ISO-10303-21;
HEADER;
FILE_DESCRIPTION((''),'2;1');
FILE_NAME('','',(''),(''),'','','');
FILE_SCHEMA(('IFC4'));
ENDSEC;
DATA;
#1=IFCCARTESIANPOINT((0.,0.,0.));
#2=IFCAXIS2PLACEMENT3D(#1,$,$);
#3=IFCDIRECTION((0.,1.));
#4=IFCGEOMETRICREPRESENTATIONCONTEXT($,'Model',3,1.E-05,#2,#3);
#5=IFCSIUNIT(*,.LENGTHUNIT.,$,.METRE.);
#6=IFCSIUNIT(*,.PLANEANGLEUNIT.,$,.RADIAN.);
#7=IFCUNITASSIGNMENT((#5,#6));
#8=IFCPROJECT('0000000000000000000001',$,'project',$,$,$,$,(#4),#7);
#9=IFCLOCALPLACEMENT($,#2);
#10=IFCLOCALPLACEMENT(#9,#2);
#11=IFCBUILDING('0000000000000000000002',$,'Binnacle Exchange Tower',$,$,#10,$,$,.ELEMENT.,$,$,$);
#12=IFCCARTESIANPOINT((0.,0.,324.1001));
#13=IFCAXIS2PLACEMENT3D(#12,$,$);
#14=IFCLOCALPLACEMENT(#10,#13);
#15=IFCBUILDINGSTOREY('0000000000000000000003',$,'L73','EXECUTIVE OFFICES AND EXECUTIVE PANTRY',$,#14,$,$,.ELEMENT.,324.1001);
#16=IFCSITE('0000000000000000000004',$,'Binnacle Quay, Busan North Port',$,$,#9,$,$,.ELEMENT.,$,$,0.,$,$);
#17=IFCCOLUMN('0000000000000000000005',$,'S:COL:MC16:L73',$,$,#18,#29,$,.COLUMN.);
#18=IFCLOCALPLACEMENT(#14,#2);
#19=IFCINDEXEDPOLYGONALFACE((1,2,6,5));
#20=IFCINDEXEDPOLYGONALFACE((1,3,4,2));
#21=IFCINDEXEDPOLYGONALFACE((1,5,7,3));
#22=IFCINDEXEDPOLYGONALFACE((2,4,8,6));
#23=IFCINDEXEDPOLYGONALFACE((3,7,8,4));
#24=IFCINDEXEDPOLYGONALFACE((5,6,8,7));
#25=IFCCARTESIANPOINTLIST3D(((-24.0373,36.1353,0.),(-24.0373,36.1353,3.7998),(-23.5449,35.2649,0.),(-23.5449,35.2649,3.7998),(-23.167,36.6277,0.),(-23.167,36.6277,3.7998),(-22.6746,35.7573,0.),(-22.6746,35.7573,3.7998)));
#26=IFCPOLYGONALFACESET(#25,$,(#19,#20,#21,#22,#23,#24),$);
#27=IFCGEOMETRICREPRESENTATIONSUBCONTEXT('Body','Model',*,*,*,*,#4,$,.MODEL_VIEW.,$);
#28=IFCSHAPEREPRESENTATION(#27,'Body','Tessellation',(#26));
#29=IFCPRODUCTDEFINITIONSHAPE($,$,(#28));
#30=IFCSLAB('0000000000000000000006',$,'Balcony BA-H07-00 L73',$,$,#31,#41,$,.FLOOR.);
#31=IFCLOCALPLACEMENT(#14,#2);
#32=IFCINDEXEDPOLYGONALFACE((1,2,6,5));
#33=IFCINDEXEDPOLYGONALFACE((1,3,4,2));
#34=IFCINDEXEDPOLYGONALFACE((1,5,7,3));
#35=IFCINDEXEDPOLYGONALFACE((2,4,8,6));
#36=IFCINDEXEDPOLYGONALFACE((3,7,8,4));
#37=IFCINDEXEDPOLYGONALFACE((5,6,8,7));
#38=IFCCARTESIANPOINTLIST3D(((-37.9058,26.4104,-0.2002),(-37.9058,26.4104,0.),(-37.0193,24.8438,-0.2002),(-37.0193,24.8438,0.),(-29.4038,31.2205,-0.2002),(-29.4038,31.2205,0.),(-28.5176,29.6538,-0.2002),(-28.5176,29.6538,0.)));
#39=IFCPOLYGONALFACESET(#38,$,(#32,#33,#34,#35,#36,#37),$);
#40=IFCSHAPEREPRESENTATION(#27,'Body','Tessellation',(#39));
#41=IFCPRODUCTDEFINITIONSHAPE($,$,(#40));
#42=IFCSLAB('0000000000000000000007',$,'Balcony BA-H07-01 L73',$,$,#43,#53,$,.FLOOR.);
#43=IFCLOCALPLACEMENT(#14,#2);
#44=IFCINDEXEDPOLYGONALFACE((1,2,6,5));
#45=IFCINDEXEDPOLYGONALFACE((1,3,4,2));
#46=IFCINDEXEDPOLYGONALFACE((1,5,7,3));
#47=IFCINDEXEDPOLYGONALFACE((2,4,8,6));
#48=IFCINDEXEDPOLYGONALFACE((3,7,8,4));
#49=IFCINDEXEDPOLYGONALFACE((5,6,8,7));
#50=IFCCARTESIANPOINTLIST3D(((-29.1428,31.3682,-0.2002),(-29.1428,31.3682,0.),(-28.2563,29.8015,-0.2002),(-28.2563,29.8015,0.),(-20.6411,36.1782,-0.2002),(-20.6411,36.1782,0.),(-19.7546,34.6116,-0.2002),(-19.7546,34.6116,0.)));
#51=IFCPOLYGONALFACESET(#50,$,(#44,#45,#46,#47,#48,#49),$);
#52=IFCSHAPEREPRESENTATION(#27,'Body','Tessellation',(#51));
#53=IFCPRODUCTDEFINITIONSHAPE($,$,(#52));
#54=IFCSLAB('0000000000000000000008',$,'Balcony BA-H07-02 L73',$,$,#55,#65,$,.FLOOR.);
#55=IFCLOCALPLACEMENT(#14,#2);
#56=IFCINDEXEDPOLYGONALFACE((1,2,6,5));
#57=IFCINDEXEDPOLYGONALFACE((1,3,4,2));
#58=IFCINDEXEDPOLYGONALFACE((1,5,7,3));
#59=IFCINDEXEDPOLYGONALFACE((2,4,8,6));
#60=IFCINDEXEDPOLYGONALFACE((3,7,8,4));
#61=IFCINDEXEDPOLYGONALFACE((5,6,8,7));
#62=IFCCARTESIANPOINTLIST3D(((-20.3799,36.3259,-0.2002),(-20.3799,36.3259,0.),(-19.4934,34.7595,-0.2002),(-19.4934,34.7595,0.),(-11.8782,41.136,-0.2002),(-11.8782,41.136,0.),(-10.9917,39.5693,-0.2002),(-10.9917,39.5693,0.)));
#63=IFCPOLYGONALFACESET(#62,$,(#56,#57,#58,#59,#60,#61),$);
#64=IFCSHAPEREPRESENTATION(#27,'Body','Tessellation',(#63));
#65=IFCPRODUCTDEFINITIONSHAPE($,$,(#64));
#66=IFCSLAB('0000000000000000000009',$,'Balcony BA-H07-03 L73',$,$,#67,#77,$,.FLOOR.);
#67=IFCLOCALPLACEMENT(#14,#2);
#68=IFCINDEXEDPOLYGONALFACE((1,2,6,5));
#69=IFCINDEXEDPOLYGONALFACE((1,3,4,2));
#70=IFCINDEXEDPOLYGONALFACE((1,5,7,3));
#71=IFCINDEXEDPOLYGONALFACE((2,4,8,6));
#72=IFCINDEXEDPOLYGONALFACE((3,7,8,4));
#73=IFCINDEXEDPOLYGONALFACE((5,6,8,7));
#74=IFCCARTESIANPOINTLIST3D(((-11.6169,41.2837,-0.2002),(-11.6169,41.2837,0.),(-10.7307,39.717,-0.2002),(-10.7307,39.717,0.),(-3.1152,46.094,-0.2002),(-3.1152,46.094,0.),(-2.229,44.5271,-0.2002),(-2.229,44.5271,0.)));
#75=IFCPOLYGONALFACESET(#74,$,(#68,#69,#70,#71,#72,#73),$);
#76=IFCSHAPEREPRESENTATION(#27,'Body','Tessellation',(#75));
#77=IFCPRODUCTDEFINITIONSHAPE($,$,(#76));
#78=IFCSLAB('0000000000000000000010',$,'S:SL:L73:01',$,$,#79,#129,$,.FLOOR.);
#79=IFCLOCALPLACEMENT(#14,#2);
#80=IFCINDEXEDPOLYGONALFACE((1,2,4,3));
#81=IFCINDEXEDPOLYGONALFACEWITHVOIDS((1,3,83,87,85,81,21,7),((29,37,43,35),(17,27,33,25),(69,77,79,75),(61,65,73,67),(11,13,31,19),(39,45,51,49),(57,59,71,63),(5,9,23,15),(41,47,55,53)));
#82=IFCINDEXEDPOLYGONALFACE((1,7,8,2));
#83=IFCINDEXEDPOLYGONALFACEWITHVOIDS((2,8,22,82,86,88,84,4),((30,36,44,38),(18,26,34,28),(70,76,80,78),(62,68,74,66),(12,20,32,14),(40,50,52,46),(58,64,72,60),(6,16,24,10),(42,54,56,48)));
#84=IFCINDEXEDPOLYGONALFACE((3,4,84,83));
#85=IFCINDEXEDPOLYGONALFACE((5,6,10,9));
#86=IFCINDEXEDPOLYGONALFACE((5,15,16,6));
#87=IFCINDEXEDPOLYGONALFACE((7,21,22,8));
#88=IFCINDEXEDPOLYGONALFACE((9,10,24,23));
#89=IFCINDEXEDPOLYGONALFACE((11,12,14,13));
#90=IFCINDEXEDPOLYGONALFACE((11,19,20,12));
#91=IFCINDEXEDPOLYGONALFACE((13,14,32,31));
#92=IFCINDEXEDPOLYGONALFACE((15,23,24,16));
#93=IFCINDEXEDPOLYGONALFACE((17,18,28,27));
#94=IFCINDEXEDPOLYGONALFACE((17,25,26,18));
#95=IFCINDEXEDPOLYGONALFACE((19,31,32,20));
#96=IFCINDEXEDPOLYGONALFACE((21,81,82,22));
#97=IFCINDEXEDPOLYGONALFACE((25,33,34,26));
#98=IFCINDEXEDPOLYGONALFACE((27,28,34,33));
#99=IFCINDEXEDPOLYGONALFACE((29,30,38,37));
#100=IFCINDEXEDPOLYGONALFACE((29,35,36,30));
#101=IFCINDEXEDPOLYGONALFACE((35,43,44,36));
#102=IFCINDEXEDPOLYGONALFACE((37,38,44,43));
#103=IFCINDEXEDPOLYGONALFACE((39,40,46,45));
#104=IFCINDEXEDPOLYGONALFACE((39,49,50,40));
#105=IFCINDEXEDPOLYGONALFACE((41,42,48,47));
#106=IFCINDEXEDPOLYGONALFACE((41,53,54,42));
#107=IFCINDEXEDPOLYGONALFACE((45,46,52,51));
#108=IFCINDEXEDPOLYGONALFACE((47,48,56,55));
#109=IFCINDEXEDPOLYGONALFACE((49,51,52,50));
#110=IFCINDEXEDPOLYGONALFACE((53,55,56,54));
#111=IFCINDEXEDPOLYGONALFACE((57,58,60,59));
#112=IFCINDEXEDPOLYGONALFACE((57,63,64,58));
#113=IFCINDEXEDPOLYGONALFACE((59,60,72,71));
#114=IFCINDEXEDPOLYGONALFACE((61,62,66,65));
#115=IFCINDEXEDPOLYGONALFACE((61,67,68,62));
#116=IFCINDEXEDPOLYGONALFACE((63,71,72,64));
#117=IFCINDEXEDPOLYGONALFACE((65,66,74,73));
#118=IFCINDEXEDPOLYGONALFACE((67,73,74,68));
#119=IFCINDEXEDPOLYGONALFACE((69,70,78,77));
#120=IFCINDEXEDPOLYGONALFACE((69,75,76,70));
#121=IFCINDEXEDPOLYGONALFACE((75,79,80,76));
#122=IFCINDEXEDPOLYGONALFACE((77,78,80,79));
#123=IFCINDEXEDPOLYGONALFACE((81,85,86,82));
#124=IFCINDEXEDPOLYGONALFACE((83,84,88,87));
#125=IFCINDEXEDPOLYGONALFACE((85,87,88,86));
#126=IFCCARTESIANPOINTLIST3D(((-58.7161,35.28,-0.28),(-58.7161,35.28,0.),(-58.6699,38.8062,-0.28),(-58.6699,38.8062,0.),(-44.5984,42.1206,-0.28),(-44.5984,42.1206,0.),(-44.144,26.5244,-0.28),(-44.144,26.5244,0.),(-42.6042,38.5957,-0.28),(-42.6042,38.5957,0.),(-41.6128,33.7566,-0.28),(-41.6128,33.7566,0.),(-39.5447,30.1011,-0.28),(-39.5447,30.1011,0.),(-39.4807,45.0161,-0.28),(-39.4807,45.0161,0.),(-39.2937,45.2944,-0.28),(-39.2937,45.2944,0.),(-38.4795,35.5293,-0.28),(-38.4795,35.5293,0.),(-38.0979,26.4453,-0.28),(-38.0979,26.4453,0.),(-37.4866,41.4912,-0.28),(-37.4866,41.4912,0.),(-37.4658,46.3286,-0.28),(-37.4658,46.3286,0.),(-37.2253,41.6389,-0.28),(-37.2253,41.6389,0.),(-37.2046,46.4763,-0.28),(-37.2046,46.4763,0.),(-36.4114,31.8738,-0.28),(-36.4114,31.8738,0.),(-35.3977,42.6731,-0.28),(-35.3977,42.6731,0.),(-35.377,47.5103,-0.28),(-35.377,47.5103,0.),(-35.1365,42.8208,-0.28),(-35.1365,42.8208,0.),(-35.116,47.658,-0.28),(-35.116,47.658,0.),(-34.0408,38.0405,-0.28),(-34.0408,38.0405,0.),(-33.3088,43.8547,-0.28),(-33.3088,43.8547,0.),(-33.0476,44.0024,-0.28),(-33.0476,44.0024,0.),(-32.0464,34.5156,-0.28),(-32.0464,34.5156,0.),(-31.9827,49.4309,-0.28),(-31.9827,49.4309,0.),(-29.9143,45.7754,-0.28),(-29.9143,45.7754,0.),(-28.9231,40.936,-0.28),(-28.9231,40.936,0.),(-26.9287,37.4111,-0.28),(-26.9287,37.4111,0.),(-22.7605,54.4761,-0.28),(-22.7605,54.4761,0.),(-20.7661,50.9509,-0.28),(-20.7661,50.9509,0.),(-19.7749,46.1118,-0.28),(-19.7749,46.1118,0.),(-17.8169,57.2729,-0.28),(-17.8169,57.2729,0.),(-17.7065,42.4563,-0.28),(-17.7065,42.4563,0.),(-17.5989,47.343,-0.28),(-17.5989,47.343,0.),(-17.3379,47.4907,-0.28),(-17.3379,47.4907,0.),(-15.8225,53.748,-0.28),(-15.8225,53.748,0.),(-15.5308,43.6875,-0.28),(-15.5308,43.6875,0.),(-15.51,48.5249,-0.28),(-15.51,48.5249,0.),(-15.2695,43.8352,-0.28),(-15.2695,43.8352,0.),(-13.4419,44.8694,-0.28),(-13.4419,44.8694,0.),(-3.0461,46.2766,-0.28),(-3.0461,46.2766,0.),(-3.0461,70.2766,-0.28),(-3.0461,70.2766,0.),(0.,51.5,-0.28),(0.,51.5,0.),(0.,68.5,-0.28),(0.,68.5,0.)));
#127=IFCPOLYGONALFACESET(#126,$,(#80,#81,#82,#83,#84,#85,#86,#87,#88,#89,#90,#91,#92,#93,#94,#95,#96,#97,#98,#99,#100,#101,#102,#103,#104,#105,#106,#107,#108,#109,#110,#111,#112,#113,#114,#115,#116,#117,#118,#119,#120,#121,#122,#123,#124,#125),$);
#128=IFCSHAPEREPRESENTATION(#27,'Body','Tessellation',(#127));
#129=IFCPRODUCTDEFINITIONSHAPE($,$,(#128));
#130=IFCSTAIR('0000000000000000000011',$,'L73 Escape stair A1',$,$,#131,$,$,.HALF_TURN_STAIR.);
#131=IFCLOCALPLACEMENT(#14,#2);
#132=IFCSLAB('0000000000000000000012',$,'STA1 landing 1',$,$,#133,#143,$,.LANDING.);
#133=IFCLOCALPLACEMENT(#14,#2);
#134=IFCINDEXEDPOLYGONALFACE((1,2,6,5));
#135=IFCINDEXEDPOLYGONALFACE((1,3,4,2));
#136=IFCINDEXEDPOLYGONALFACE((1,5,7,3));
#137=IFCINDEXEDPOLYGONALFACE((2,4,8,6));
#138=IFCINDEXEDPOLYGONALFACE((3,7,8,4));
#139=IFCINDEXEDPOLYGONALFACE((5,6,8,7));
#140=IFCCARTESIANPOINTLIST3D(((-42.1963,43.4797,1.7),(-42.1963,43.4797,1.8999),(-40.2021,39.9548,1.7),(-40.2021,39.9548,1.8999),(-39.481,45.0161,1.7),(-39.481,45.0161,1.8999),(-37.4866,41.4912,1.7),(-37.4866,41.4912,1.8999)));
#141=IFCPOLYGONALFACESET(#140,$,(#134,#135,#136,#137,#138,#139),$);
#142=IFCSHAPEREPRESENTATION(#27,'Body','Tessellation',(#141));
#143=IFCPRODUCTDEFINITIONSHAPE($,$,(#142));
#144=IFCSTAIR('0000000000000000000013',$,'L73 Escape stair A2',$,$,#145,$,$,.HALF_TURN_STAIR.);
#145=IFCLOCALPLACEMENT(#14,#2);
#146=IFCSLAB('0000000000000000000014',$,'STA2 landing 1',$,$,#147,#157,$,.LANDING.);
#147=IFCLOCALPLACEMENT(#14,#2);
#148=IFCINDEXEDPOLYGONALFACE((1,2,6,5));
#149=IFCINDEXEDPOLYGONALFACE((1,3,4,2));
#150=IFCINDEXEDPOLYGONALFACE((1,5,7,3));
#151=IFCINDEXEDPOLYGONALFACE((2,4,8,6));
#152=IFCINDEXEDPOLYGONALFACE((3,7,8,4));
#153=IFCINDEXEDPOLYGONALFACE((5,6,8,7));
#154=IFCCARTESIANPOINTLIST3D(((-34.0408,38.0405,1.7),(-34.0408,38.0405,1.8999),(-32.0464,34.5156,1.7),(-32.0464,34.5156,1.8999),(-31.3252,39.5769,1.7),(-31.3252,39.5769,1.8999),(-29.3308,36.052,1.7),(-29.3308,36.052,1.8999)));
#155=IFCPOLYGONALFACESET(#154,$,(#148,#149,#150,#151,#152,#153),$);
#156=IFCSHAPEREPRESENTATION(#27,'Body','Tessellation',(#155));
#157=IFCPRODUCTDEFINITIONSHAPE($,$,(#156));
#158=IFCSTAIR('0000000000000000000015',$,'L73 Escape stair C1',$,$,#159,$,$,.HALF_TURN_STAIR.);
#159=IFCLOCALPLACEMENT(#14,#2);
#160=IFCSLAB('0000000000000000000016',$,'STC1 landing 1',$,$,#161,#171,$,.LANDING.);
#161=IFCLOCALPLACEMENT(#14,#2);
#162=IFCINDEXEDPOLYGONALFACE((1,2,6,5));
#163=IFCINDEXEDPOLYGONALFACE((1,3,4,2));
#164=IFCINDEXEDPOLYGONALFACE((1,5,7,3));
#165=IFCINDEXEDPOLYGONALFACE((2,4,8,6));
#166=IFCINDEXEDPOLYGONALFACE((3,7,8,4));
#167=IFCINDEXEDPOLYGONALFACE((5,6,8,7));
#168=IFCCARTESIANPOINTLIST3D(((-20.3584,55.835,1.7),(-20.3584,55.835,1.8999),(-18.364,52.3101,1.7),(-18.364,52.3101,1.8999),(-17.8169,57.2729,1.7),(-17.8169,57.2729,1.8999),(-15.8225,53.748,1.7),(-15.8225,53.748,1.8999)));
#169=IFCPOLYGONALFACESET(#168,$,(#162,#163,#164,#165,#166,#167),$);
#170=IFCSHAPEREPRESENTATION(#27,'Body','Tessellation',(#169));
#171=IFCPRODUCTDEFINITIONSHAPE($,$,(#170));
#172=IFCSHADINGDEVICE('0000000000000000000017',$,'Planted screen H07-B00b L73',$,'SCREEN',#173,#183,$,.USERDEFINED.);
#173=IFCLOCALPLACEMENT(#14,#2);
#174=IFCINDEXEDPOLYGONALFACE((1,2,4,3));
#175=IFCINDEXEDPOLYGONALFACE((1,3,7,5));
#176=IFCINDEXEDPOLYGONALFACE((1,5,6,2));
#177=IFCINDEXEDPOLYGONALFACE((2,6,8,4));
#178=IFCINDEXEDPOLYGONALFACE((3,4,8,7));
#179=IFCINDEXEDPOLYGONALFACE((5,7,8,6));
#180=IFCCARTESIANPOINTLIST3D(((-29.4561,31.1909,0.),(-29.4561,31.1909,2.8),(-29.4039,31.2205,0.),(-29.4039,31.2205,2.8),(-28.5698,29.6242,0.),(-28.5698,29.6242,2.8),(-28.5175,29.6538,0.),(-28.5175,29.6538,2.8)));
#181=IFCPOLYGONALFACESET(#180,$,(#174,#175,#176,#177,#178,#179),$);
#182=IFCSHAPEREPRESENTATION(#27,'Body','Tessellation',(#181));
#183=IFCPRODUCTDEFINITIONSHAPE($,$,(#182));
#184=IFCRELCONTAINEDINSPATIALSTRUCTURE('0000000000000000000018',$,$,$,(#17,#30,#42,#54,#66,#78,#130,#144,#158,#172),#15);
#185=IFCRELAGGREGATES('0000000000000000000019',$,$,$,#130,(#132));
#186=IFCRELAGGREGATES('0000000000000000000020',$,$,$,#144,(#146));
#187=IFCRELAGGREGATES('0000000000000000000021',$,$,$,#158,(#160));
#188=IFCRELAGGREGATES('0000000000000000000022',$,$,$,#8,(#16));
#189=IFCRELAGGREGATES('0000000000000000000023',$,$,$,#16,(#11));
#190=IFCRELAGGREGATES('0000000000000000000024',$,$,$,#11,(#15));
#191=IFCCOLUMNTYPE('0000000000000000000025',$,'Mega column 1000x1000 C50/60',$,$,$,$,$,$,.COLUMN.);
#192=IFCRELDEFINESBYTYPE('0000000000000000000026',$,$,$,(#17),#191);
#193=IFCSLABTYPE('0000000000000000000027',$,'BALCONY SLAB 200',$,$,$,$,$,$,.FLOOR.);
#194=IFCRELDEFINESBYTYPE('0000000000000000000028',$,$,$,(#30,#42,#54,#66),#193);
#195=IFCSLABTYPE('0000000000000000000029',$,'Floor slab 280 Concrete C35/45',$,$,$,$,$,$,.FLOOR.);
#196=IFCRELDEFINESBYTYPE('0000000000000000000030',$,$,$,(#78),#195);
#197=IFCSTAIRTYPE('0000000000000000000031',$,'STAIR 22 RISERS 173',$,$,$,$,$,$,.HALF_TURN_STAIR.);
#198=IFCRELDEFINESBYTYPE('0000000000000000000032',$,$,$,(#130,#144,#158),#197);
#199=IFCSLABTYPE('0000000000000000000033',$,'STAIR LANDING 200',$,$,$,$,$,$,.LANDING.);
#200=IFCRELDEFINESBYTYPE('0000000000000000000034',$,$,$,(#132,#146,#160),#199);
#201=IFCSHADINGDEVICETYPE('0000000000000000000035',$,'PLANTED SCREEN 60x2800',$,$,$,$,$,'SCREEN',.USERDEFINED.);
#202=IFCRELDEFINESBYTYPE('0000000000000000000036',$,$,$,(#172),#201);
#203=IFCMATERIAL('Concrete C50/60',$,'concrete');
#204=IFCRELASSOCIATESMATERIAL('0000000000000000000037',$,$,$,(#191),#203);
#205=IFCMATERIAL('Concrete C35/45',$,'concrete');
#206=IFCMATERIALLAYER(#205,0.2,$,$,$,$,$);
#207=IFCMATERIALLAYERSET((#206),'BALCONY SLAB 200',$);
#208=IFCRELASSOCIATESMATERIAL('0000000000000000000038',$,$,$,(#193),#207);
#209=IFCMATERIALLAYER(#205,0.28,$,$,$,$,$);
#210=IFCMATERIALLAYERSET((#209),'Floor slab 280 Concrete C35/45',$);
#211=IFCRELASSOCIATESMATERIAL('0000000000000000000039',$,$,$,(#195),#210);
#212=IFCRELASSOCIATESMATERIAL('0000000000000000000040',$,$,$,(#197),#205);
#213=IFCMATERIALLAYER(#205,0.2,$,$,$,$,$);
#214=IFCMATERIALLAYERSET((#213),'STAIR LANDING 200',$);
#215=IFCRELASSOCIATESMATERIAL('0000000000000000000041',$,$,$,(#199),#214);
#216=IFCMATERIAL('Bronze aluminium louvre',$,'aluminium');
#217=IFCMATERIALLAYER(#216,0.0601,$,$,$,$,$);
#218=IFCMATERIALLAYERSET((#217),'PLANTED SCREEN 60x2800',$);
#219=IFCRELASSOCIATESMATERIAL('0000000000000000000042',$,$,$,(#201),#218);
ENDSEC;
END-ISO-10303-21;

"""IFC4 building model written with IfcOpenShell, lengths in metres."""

from ifc_helpers import new_model, si_unit, direction, frame, origin, origin_2d, place, context, subcontext, project, spatial, polyline, rectangle, outline, extrude, material, layer, layer_set, material_profile, profile_set, type_object, element, aggregate, save


model = new_model("IFC4")

# Units and contexts
model_context = context("Model", 3, precision=1e-05, world=origin(), true_north=direction((0.0, 1.0)))
body_context = subcontext(model_context, "Body", "Model", "MODEL_VIEW")
ifc_project = project(units=[si_unit("LENGTHUNIT", "METRE"), si_unit("PLANEANGLEUNIT", "RADIAN")], contexts=[model_context])

# Site, building, storey
site_placement = place(None, origin())
site = spatial("IfcSite", under=ifc_project, at=site_placement, Name="Binnacle Quay, Busan North Port", CompositionType="ELEMENT", RefElevation=0.0)
building_placement = place(site_placement, origin())
building = spatial("IfcBuilding", under=site, at=building_placement, Name="Binnacle Exchange Tower", CompositionType="ELEMENT")
storey_placement = place(building_placement, frame((0.0, 0.0, 324.1001)))
storey = spatial("IfcBuildingStorey", under=building, at=storey_placement, Name="L73", Description="EXECUTIVE OFFICES AND EXECUTIVE PANTRY", CompositionType="ELEMENT", Elevation=324.1001)

# Column
ifc_material_1 = material(Name="Concrete C50/60", Category="concrete")
ifc_material_profile = material_profile(ifc_material_1, rectangle(XDim=1.0, YDim=1.0, at=origin_2d()), Name="Mega column 1000x1000 C50/60")
ifc_profile_set = profile_set([ifc_material_profile], Name="Concrete C50/60")
column_type = type_object("IfcColumnType", Name="Mega column 1000x1000 C50/60", PredefinedType="COLUMN", material=ifc_profile_set)
column_placement = place(storey_placement, frame((-23.356, 35.9463, 0.0), z_axis=(0.0, 0.0, 1.0), x_axis=(0.870356, 0.492424, 0.0)))
element("IfcColumn", 1, at=column_placement, inside=storey, type_object=column_type, Name="S:COL:MC16:L73", PredefinedType="COLUMN", context=body_context, shape_type="SweptSolid", body=[
    extrude(rectangle(XDim=1.0, YDim=1.0, at=origin_2d()), origin(), (0.0, 0.0, 1.0), 3.7998),
])

# Slabs
ifc_material_2 = material(Name="Concrete C35/45", Category="concrete")
ifc_layer_1 = layer(ifc_material_2, 0.2)
ifc_layer_set_1 = layer_set([ifc_layer_1], Name="BALCONY SLAB 200")
slab_type_1 = type_object("IfcSlabType", Name="BALCONY SLAB 200", PredefinedType="FLOOR", material=ifc_layer_set_1)
slab_1_placement = place(storey_placement, frame((0.0, 0.0, -0.2002)))
element("IfcSlab", 2, at=slab_1_placement, inside=storey, type_object=slab_type_1, Name="Balcony BA-H07-00 L73", PredefinedType="FLOOR", context=body_context, shape_type="SweptSolid", body=[
    extrude(outline(polyline([(-37.9058, 26.4104), (-29.4038, 31.2205), (-28.5176, 29.6538), (-37.0193, 24.8438), (-37.9058, 26.4104)])), origin(), (0.0, 0.0, 1.0), 0.2002),
])
slab_2_placement = place(storey_placement, frame((0.0, 0.0, -0.2002)))
element("IfcSlab", 3, at=slab_2_placement, inside=storey, type_object=slab_type_1, Name="Balcony BA-H07-01 L73", PredefinedType="FLOOR", context=body_context, shape_type="SweptSolid", body=[
    extrude(outline(polyline([(-29.1428, 31.3682), (-20.6411, 36.1782), (-19.7546, 34.6116), (-28.2563, 29.8015), (-29.1428, 31.3682)])), origin(), (0.0, 0.0, 1.0), 0.2002),
])
slab_3_placement = place(storey_placement, frame((0.0, 0.0, -0.2002)))
element("IfcSlab", 4, at=slab_3_placement, inside=storey, type_object=slab_type_1, Name="Balcony BA-H07-02 L73", PredefinedType="FLOOR", context=body_context, shape_type="SweptSolid", body=[
    extrude(outline(polyline([(-20.3799, 36.3259), (-11.8782, 41.136), (-10.9917, 39.5693), (-19.4934, 34.7595), (-20.3799, 36.3259)])), origin(), (0.0, 0.0, 1.0), 0.2002),
])
slab_4_placement = place(storey_placement, frame((0.0, 0.0, -0.2002)))
element("IfcSlab", 5, at=slab_4_placement, inside=storey, type_object=slab_type_1, Name="Balcony BA-H07-03 L73", PredefinedType="FLOOR", context=body_context, shape_type="SweptSolid", body=[
    extrude(outline(polyline([(-11.6169, 41.2837), (-3.1152, 46.094), (-2.229, 44.5271), (-10.7307, 39.717), (-11.6169, 41.2837)])), origin(), (0.0, 0.0, 1.0), 0.2002),
])
ifc_layer_2 = layer(ifc_material_2, 0.28)
ifc_layer_set_2 = layer_set([ifc_layer_2], Name="Floor slab 280 Concrete C35/45")
slab_type_2 = type_object("IfcSlabType", Name="Floor slab 280 Concrete C35/45", PredefinedType="FLOOR", material=ifc_layer_set_2)
slab_5_placement = place(storey_placement, frame((0.0, 0.0, -0.28)))
element("IfcSlab", 6, at=slab_5_placement, inside=storey, type_object=slab_type_2, Name="S:SL:L73:01", PredefinedType="FLOOR", context=body_context, shape_type="SweptSolid", body=[
    extrude(outline(polyline([(-38.0979, 26.4453), (-44.144, 26.5244), (-58.7161, 35.28), (-58.6699, 38.8062), (-3.0461, 70.2766), (0.0, 68.5), (0.0, 51.5), (-3.0461, 46.2766), (-38.0979, 26.4453)]), holes=[polyline([(-38.4795, 35.5293), (-41.6128, 33.7566), (-39.5447, 30.1011), (-36.4114, 31.8738), (-38.4795, 35.5293)]), polyline([(-32.0464, 34.5156), (-26.9287, 37.4111), (-28.9231, 40.936), (-34.0408, 38.0405), (-32.0464, 34.5156)]), polyline([(-39.4807, 45.0161), (-44.5984, 42.1206), (-42.6042, 38.5957), (-37.4866, 41.4912), (-39.4807, 45.0161)]), polyline([(-37.4658, 46.3286), (-39.2937, 45.2944), (-37.2253, 41.6389), (-35.3977, 42.6731), (-37.4658, 46.3286)]), polyline([(-17.5989, 47.343), (-19.7749, 46.1118), (-17.7065, 42.4563), (-15.5308, 43.6875), (-17.5989, 47.343)]), polyline([(-35.377, 47.5103), (-37.2046, 46.4763), (-35.1365, 42.8208), (-33.3088, 43.8547), (-35.377, 47.5103)]), polyline([(-15.51, 48.5249), (-17.3379, 47.4907), (-15.2695, 43.8352), (-13.4419, 44.8694), (-15.51, 48.5249)]), polyline([(-29.9143, 45.7754), (-31.9827, 49.4309), (-35.116, 47.658), (-33.0476, 44.0024), (-29.9143, 45.7754)]), polyline([(-15.8225, 53.748), (-17.8169, 57.2729), (-22.7605, 54.4761), (-20.7661, 50.9509), (-15.8225, 53.748)])]), origin(), (0.0, 0.0, 1.0), 0.28),
])

# Stairs, slabs
stair_type = type_object("IfcStairType", Name="STAIR 22 RISERS 173", PredefinedType="HALF_TURN_STAIR", material=ifc_material_2)
stair_1_placement = place(storey_placement, origin())
stair_1 = element("IfcStair", 7, at=stair_1_placement, inside=storey, type_object=stair_type, Name="L73 Escape stair A1", PredefinedType="HALF_TURN_STAIR")
ifc_layer_3 = layer(ifc_material_2, 0.2)
ifc_layer_set_3 = layer_set([ifc_layer_3], Name="STAIR LANDING 200")
slab_type_3 = type_object("IfcSlabType", Name="STAIR LANDING 200", PredefinedType="LANDING", material=ifc_layer_set_3)
slab_6_placement = place(storey_placement, frame((0.0, 0.0, 1.7)))
slab_6 = element("IfcSlab", 8, at=slab_6_placement, type_object=slab_type_3, Name="STA1 landing 1", PredefinedType="LANDING", context=body_context, shape_type="SweptSolid", body=[
    extrude(outline(polyline([(-40.2021, 39.9548), (-37.4866, 41.4912), (-39.481, 45.0161), (-42.1963, 43.4797), (-40.2021, 39.9548)])), origin(), (0.0, 0.0, 1.0), 0.2),
])
aggregate(stair_1, [slab_6])
stair_2_placement = place(storey_placement, origin())
stair_2 = element("IfcStair", 9, at=stair_2_placement, inside=storey, type_object=stair_type, Name="L73 Escape stair A2", PredefinedType="HALF_TURN_STAIR")
slab_7_placement = place(storey_placement, frame((0.0, 0.0, 1.7)))
slab_7 = element("IfcSlab", 10, at=slab_7_placement, type_object=slab_type_3, Name="STA2 landing 1", PredefinedType="LANDING", context=body_context, shape_type="SweptSolid", body=[
    extrude(outline(polyline([(-31.3252, 39.5769), (-34.0408, 38.0405), (-32.0464, 34.5156), (-29.3308, 36.052), (-31.3252, 39.5769)])), origin(), (0.0, 0.0, 1.0), 0.2),
])
aggregate(stair_2, [slab_7])
stair_3_placement = place(storey_placement, origin())
stair_3 = element("IfcStair", 11, at=stair_3_placement, inside=storey, type_object=stair_type, Name="L73 Escape stair C1", PredefinedType="HALF_TURN_STAIR")
slab_8_placement = place(storey_placement, frame((0.0, 0.0, 1.7)))
slab_8 = element("IfcSlab", 12, at=slab_8_placement, type_object=slab_type_3, Name="STC1 landing 1", PredefinedType="LANDING", context=body_context, shape_type="SweptSolid", body=[
    extrude(outline(polyline([(-18.364, 52.3101), (-15.8225, 53.748), (-17.8169, 57.2729), (-20.3584, 55.835), (-18.364, 52.3101)])), origin(), (0.0, 0.0, 1.0), 0.2),
])
aggregate(stair_3, [slab_8])

# Shading device
ifc_material_3 = material(Name="Bronze aluminium louvre", Category="aluminium")
ifc_layer_4 = layer(ifc_material_3, 0.0601)
ifc_layer_set_4 = layer_set([ifc_layer_4], Name="PLANTED SCREEN 60x2800")
shading_device_type_1 = type_object("IfcShadingDeviceType", Name="PLANTED SCREEN 60x2800", ElementType="SCREEN", PredefinedType="USERDEFINED", material=ifc_layer_set_4)
for number, where, z_axis, x_axis, name in (
    (13, (-28.9868, 30.4224, 0.0), (0.0, 0.0, 1.0), (0.870356, 0.492424, 0.0), "Planted screen H07-B00b L73"),
):
    element("IfcShadingDevice", number, at=place(storey_placement, frame(where, z_axis=z_axis, x_axis=x_axis)), inside=storey, type_object=shading_device_type_1, Name=name, ObjectType="SCREEN", PredefinedType="USERDEFINED", context=body_context, shape_type="SweptSolid", body=[
        extrude(rectangle(XDim=0.0601, YDim=1.8, at=origin_2d()), origin(), (0.0, 0.0, 1.0), 2.8),
    ])

save(model, "model.ifc")
